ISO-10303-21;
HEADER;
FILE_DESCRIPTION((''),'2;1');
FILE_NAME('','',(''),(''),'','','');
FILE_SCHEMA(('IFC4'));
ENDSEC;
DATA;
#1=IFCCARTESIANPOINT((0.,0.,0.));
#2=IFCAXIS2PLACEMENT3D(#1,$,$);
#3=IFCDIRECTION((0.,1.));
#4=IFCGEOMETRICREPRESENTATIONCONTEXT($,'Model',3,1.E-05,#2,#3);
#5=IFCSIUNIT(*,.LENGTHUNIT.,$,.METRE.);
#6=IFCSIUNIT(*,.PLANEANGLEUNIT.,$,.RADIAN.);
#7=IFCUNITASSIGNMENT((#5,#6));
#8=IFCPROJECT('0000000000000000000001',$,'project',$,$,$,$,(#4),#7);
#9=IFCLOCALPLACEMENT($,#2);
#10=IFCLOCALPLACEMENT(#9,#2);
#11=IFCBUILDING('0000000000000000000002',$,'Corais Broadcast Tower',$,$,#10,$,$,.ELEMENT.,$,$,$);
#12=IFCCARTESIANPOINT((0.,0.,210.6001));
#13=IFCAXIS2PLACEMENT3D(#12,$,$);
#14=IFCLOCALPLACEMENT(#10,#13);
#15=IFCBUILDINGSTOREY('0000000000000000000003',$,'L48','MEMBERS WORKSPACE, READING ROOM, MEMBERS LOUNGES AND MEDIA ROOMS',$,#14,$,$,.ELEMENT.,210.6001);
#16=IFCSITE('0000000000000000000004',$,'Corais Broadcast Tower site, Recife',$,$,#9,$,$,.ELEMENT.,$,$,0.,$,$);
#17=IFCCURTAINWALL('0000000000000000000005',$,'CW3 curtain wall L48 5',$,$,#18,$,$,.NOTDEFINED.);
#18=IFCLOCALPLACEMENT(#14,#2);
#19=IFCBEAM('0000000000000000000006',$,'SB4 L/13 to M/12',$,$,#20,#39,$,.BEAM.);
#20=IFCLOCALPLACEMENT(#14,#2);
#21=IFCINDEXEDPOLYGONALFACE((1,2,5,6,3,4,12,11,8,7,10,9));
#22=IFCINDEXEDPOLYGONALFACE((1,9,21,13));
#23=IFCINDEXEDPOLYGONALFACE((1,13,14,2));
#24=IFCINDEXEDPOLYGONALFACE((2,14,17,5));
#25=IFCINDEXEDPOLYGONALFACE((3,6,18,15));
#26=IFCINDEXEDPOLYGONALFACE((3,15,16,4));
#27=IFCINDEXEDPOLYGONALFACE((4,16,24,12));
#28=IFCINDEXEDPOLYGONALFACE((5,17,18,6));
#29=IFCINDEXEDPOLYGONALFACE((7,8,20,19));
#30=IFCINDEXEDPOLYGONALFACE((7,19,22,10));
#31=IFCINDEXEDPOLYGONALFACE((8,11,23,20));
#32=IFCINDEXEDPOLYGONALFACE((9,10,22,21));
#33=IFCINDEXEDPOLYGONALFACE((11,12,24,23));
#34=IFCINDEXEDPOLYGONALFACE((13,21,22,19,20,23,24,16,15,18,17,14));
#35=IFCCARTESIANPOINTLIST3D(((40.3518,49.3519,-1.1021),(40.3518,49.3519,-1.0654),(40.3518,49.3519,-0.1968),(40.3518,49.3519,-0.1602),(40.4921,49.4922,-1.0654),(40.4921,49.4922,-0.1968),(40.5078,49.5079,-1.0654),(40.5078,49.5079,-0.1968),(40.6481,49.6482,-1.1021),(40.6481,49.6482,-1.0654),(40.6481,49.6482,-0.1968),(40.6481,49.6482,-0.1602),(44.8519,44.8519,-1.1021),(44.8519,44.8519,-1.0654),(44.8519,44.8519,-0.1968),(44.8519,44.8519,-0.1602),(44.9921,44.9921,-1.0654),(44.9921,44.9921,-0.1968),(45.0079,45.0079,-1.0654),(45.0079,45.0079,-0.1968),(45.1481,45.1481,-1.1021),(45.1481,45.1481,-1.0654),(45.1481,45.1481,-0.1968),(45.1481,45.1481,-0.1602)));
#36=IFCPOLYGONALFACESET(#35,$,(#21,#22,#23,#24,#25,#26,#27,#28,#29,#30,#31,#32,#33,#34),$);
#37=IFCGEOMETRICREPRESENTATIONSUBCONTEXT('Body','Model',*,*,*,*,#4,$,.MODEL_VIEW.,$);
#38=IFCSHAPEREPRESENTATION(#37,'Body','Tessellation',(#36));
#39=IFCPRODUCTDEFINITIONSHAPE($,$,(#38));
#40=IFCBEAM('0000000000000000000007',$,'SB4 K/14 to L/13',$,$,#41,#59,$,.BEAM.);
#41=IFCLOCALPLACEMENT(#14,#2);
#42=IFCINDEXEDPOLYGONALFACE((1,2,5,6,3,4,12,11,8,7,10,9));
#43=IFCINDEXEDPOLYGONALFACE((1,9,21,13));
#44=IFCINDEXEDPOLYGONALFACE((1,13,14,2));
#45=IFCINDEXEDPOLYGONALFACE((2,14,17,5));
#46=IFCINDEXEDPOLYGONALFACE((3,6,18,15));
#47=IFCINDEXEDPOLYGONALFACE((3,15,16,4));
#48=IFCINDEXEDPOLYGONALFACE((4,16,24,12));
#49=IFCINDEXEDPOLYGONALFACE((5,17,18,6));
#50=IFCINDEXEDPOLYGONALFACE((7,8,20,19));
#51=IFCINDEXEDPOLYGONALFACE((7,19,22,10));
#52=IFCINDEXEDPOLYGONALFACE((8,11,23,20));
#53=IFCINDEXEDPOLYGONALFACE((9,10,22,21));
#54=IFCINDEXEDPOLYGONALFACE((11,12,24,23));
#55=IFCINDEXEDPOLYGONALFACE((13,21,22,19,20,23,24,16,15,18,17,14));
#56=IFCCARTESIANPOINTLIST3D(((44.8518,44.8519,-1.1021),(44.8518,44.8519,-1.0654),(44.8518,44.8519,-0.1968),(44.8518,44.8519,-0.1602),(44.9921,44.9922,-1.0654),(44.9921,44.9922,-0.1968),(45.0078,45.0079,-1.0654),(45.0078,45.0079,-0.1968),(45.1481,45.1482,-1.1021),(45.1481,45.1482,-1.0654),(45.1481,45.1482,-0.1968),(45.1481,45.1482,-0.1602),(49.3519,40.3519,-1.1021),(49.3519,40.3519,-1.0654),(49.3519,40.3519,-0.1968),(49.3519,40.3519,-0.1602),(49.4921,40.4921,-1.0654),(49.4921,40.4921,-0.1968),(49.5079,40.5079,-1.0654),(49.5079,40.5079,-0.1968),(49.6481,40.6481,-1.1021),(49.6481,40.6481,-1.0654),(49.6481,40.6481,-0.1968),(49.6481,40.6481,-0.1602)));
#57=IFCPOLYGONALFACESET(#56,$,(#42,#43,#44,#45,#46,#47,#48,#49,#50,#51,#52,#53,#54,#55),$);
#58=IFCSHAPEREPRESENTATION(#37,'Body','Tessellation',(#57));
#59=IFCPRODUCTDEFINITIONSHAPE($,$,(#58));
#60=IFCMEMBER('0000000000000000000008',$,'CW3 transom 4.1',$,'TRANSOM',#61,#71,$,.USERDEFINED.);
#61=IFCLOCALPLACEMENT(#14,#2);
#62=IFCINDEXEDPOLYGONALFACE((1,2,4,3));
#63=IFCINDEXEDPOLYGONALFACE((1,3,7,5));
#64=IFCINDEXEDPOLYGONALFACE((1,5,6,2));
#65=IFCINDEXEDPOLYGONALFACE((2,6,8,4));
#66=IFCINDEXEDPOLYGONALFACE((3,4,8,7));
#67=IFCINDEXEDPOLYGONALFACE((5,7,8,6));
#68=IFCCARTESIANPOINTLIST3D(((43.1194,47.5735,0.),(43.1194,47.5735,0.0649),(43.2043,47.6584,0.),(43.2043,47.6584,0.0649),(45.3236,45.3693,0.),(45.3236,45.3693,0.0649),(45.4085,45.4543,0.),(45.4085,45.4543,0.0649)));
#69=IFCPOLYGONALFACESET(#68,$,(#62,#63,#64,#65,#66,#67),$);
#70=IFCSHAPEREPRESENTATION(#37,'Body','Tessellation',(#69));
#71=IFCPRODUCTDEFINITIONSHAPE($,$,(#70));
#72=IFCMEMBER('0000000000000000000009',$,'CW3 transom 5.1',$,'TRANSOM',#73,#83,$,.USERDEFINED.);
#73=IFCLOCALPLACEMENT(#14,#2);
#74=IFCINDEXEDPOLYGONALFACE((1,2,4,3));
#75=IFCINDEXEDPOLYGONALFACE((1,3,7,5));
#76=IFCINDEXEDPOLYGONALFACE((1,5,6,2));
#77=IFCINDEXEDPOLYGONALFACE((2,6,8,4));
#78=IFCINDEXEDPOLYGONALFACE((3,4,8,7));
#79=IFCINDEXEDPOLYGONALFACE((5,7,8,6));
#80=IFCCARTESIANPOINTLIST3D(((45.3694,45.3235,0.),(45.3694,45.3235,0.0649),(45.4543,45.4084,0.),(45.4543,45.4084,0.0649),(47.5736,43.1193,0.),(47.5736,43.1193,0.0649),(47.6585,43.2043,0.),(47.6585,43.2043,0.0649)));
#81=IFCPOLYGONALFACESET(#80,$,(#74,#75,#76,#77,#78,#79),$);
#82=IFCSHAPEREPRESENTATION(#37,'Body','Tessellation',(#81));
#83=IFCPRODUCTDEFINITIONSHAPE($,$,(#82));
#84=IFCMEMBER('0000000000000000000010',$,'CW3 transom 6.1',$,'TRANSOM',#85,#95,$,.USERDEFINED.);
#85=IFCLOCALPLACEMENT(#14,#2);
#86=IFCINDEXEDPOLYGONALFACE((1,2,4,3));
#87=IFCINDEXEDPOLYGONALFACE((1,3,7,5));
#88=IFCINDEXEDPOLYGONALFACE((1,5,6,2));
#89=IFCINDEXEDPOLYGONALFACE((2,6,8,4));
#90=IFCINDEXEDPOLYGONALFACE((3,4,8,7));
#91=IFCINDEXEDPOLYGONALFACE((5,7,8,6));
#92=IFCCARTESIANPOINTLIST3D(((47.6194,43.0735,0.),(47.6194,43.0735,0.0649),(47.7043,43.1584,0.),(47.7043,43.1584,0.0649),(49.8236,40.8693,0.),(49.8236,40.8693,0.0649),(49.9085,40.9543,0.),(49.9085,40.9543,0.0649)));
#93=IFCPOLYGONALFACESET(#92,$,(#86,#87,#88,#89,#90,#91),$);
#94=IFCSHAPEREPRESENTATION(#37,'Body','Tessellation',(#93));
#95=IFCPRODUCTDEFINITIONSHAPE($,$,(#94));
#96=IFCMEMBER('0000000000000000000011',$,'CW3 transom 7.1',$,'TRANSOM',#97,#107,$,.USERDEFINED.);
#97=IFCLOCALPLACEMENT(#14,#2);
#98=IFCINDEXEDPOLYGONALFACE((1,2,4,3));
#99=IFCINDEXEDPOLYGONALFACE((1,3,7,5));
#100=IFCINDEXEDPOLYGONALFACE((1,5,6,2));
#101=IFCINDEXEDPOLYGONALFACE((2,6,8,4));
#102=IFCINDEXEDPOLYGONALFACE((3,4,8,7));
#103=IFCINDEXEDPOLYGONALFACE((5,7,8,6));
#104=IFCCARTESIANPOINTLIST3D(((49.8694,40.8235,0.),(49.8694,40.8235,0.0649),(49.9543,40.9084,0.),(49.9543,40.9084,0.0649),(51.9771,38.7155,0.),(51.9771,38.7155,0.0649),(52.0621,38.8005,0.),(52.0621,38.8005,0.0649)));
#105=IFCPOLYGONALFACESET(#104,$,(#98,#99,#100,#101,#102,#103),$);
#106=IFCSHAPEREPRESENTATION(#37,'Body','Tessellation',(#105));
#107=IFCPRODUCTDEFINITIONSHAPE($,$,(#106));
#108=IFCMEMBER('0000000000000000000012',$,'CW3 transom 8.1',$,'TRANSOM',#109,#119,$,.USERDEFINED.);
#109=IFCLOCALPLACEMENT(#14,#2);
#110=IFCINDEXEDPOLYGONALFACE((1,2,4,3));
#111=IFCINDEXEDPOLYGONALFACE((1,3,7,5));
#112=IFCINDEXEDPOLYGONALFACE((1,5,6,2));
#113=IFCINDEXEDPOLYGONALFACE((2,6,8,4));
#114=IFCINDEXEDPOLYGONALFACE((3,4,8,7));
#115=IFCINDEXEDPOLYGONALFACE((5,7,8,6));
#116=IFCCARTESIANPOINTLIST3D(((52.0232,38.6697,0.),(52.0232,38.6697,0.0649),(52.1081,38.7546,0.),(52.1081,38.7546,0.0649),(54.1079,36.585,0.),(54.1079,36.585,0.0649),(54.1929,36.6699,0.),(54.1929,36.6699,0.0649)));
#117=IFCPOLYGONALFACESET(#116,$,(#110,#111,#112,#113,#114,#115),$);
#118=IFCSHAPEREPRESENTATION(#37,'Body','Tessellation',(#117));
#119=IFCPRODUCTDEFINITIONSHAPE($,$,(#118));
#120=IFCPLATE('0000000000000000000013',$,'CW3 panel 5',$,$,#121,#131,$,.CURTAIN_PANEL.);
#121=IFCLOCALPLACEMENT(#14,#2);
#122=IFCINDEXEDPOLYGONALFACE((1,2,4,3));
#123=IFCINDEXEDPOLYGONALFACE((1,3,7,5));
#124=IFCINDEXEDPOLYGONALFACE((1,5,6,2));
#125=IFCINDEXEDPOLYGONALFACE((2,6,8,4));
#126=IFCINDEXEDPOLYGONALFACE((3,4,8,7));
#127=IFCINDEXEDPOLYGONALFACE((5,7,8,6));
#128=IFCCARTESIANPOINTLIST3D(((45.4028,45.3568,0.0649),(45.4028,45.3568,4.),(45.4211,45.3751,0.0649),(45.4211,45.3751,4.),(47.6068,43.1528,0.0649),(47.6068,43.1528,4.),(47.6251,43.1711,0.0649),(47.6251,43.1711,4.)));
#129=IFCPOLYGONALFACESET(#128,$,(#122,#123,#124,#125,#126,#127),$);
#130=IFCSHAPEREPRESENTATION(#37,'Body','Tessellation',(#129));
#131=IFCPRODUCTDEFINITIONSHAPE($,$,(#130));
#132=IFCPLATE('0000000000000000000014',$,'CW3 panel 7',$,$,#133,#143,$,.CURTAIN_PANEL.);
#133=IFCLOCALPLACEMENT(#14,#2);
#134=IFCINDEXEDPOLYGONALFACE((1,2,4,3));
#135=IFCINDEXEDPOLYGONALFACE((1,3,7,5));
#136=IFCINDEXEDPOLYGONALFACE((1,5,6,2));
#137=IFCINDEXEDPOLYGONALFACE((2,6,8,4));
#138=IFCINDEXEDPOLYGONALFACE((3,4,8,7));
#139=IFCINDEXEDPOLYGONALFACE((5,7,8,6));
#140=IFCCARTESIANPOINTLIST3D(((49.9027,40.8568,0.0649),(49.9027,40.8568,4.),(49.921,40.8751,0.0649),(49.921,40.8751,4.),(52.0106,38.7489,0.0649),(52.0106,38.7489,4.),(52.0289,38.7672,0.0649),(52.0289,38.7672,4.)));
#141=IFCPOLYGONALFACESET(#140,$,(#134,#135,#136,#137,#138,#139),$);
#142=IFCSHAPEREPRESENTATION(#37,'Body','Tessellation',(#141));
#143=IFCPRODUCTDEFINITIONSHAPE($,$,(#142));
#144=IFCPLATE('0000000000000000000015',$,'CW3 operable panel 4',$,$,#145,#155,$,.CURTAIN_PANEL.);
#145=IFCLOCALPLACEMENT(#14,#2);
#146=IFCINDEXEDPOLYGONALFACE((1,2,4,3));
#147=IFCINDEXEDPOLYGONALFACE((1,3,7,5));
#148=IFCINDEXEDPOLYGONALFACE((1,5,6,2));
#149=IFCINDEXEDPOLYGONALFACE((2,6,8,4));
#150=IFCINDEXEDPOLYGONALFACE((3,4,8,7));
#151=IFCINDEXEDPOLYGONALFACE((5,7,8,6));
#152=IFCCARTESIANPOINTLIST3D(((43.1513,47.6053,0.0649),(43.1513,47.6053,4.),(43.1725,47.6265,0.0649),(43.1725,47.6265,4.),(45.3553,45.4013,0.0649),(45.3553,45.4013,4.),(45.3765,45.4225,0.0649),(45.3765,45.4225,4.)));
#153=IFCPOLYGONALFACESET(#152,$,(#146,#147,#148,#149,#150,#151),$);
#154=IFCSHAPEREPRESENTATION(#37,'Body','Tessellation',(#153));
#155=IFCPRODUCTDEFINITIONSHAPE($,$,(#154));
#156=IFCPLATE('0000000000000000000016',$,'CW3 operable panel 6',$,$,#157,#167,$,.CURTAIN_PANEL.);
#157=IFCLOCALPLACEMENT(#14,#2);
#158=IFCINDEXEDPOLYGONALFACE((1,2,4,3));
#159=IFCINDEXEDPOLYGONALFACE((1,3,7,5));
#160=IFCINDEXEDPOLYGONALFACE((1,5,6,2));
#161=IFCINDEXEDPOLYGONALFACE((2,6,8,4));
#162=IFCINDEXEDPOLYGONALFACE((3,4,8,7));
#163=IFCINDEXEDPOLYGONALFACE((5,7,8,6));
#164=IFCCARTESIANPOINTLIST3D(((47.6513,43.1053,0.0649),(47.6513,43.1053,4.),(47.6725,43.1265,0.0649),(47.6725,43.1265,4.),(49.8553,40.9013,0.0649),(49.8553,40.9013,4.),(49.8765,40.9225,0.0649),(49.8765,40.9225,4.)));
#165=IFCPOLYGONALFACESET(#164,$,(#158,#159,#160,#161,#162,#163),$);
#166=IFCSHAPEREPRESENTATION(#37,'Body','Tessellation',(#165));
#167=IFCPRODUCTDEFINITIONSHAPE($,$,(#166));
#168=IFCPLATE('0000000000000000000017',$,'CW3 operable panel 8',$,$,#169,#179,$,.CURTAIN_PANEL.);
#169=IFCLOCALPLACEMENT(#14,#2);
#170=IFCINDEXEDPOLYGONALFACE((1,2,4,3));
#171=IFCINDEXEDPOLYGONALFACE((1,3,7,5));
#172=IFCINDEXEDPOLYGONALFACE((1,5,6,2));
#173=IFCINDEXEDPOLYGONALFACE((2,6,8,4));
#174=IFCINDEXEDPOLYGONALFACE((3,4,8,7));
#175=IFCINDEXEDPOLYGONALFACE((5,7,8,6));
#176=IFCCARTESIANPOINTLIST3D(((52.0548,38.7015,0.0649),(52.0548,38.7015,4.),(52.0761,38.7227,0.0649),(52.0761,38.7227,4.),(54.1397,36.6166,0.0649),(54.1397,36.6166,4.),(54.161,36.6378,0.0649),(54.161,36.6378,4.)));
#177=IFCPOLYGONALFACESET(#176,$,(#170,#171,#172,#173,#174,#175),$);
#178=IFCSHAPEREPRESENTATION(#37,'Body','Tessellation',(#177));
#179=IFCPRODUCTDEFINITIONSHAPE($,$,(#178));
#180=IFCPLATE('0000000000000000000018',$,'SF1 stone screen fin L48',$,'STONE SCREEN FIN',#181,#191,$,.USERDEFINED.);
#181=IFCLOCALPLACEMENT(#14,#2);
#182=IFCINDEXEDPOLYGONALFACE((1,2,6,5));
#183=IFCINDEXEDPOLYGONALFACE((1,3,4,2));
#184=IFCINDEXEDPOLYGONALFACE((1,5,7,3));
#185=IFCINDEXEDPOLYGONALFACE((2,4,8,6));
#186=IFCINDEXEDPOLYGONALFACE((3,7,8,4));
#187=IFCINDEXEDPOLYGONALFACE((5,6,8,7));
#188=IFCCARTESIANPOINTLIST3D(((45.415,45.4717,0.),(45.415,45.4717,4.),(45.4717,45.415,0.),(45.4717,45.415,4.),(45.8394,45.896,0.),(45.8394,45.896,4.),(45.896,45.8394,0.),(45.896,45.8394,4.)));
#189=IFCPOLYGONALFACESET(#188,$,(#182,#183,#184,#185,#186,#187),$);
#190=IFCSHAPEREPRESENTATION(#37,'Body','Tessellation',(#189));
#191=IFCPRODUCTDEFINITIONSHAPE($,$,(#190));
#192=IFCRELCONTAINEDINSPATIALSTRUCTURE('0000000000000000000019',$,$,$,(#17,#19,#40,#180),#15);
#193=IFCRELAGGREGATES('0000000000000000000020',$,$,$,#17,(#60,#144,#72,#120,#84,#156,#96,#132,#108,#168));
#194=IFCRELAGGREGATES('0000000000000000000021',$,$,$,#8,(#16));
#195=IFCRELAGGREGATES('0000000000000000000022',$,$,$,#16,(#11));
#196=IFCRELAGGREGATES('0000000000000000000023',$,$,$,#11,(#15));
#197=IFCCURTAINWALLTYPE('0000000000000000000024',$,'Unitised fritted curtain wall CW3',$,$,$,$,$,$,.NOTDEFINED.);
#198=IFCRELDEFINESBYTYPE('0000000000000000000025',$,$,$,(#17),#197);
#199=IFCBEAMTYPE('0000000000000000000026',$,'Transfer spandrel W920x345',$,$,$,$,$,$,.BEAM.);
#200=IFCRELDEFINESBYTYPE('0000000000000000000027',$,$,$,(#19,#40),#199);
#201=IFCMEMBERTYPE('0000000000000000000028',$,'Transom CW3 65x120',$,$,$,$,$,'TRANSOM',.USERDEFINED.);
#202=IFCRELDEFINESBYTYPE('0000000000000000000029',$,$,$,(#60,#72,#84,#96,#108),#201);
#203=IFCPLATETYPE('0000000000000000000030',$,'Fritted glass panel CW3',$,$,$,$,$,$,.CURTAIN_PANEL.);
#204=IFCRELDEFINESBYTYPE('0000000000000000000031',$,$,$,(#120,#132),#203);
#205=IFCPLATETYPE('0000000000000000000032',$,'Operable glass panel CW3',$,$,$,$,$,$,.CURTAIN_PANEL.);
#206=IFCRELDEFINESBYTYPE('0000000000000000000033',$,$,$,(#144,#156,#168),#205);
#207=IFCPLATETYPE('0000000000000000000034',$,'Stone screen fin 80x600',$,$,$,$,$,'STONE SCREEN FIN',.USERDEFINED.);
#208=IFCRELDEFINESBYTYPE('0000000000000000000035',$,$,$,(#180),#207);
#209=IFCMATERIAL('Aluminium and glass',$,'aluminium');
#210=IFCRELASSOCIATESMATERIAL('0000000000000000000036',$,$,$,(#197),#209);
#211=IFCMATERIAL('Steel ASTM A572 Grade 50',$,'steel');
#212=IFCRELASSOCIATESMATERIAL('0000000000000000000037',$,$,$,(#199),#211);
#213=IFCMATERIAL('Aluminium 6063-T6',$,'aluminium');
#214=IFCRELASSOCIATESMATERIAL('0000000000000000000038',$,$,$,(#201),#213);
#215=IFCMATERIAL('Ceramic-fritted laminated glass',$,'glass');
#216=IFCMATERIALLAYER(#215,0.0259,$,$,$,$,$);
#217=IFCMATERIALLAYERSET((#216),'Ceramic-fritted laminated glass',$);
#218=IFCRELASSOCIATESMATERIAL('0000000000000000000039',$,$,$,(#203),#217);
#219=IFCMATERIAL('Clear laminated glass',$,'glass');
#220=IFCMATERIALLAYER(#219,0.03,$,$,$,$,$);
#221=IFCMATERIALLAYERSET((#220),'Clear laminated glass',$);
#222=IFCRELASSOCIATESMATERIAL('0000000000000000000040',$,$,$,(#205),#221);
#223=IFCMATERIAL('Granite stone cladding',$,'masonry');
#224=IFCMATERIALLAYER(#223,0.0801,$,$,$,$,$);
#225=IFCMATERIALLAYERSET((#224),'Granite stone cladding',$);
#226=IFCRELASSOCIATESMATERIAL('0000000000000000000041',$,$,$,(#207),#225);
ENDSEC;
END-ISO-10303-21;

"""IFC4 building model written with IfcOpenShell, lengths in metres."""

from ifc_helpers import new_model, si_unit, direction, frame, origin, origin_2d, place, context, subcontext, project, spatial, rectangle, i_section, extrude, material, layer, layer_set, material_profile, profile_set, type_object, element, aggregate, save


model = new_model("IFC4")

# Units and contexts
model_context = context("Model", 3, precision=1e-05, world=origin(), true_north=direction((0.0, 1.0)))
body_context = subcontext(model_context, "Body", "Model", "MODEL_VIEW")
ifc_project = project(units=[si_unit("LENGTHUNIT", "METRE"), si_unit("PLANEANGLEUNIT", "RADIAN")], contexts=[model_context])

# Site, building, storey
site_placement = place(None, origin())
site = spatial("IfcSite", under=ifc_project, at=site_placement, Name="Corais Broadcast Tower site, Recife", CompositionType="ELEMENT", RefElevation=0.0)
building_placement = place(site_placement, origin())
building = spatial("IfcBuilding", under=site, at=building_placement, Name="Corais Broadcast Tower", CompositionType="ELEMENT")
storey_placement = place(building_placement, frame((0.0, 0.0, 210.6001)))
storey = spatial("IfcBuildingStorey", under=building, at=storey_placement, Name="L48", Description="MEMBERS WORKSPACE, READING ROOM, MEMBERS LOUNGES AND MEDIA ROOMS", CompositionType="ELEMENT", Elevation=210.6001)

# Curtain wall
ifc_material_1 = material(Name="Aluminium and glass", Category="aluminium")
curtain_wall_type = type_object("IfcCurtainWallType", Name="Unitised fritted curtain wall CW3", PredefinedType="NOTDEFINED", material=ifc_material_1)
curtain_wall_1_placement = place(storey_placement, origin())
curtain_wall_1 = element("IfcCurtainWall", 1, at=curtain_wall_1_placement, inside=storey, type_object=curtain_wall_type, Name="CW3 curtain wall L48 5", PredefinedType="NOTDEFINED")

# Beams
ifc_material_2 = material(Name="Steel ASTM A572 Grade 50", Category="steel")
ifc_material_profile_1 = material_profile(ifc_material_2, i_section(OverallWidth=0.4189, OverallDepth=0.9419, WebThickness=0.0222, FlangeThickness=0.0366, at=origin_2d()), Name="W920x345")
ifc_profile_set_1 = profile_set([ifc_material_profile_1], Name="Steel ASTM A572 Grade 50")
beam_type_1 = type_object("IfcBeamType", Name="Transfer spandrel W920x345", PredefinedType="BEAM", material=ifc_profile_set_1)
for number, where, z_axis, x_axis, name in (
    (2, (45.0, 45.0, -0.6311), (-0.707107, 0.707107, 0.0), (-0.707107, -0.707107, 0.0), "SB4 L/13 to M/12"),
    (3, (49.5, 40.5, -0.6311), (-0.707107, 0.707107, 0.0), (-0.707107, -0.707107, 0.0), "SB4 K/14 to L/13"),
):
    element("IfcBeam", number, at=place(storey_placement, frame(where, z_axis=z_axis, x_axis=x_axis)), inside=storey, type_object=beam_type_1, Name=name, PredefinedType="BEAM", context=body_context, shape_type="SweptSolid", body=[
        extrude(i_section(OverallWidth=0.4189, OverallDepth=0.9419, WebThickness=0.0222, FlangeThickness=0.0366, at=origin_2d()), origin(), (0.0, 0.0, 1.0), 6.364),
    ])

# Members
ifc_material_3 = material(Name="Aluminium 6063-T6", Category="aluminium")
ifc_material_profile_2 = material_profile(ifc_material_3, rectangle(XDim=0.1201, YDim=0.0649, at=origin_2d()), Name="Transom CW3 65x120")
ifc_profile_set_2 = profile_set([ifc_material_profile_2], Name="Aluminium 6063-T6")
member_type_1 = type_object("IfcMemberType", Name="Transom CW3 65x120", ElementType="TRANSOM", PredefinedType="USERDEFINED", material=ifc_profile_set_2)
member_1_placement = place(storey_placement, frame((43.1619, 47.616, 0.0325), z_axis=(0.707107, -0.707107, 0.0), x_axis=(0.707107, 0.707107, 0.0)))
member_1 = element("IfcMember", 4, at=member_1_placement, type_object=member_type_1, Name="CW3 transom 4.1", ObjectType="TRANSOM", PredefinedType="USERDEFINED", context=body_context, shape_type="SweptSolid", body=[
    extrude(rectangle(XDim=0.1201, YDim=0.0649, at=origin_2d()), origin(), (0.0, 0.0, 1.0), 3.1172),
])
member_2_placement = place(storey_placement, frame((45.4119, 45.366, 0.0325), z_axis=(0.707107, -0.707107, 0.0), x_axis=(0.707107, 0.707107, 0.0)))
member_2 = element("IfcMember", 5, at=member_2_placement, type_object=member_type_1, Name="CW3 transom 5.1", ObjectType="TRANSOM", PredefinedType="USERDEFINED", context=body_context, shape_type="SweptSolid", body=[
    extrude(rectangle(XDim=0.1201, YDim=0.0649, at=origin_2d()), origin(), (0.0, 0.0, 1.0), 3.1172),
])
member_3_placement = place(storey_placement, frame((47.6619, 43.116, 0.0325), z_axis=(0.707107, -0.707107, 0.0), x_axis=(0.707107, 0.707107, 0.0)))
member_3 = element("IfcMember", 6, at=member_3_placement, type_object=member_type_1, Name="CW3 transom 6.1", ObjectType="TRANSOM", PredefinedType="USERDEFINED", context=body_context, shape_type="SweptSolid", body=[
    extrude(rectangle(XDim=0.1201, YDim=0.0649, at=origin_2d()), origin(), (0.0, 0.0, 1.0), 3.1172),
])
member_4_placement = place(storey_placement, frame((49.9119, 40.866, 0.0325), z_axis=(0.707066, -0.707148, 0.0), x_axis=(0.707148, 0.707066, 0.0)))
member_4 = element("IfcMember", 7, at=member_4_placement, type_object=member_type_1, Name="CW3 transom 7.1", ObjectType="TRANSOM", PredefinedType="USERDEFINED", context=body_context, shape_type="SweptSolid", body=[
    extrude(rectangle(XDim=0.1201, YDim=0.0649, at=origin_2d()), origin(), (0.0, 0.0, 1.0), 2.981),
])
member_5_placement = place(storey_placement, frame((52.0657, 38.7122, 0.0325), z_axis=(0.707107, -0.707107, 0.0), x_axis=(0.707107, 0.707107, 0.0)))
member_5 = element("IfcMember", 8, at=member_5_placement, type_object=member_type_1, Name="CW3 transom 8.1", ObjectType="TRANSOM", PredefinedType="USERDEFINED", context=body_context, shape_type="SweptSolid", body=[
    extrude(rectangle(XDim=0.1201, YDim=0.0649, at=origin_2d()), origin(), (0.0, 0.0, 1.0), 2.9482),
])

# Plates
ifc_material_4 = material(Name="Ceramic-fritted laminated glass", Category="glass")
ifc_layer_1 = layer(ifc_material_4, 0.0259)
ifc_layer_set_1 = layer_set([ifc_layer_1], Name="Ceramic-fritted laminated glass")
plate_type_1 = type_object("IfcPlateType", Name="Fritted glass panel CW3", PredefinedType="CURTAIN_PANEL", material=ifc_layer_set_1)
plate_1_placement = place(storey_placement, frame((46.5139, 44.2639, 0.0649), z_axis=(0.0, 0.0, 1.0), x_axis=(0.707107, -0.707107, 0.0)))
plate_1 = element("IfcPlate", 9, at=plate_1_placement, type_object=plate_type_1, Name="CW3 panel 5", PredefinedType="CURTAIN_PANEL", context=body_context, shape_type="SweptSolid", body=[
    extrude(rectangle(XDim=3.1169, YDim=0.0259, at=origin_2d()), origin(), (0.0, 0.0, 1.0), 3.9351),
])
plate_2_placement = place(storey_placement, frame((50.9658, 39.812, 0.0649), z_axis=(0.0, 0.0, 1.0), x_axis=(0.707107, -0.707107, 0.0)))
plate_2 = element("IfcPlate", 10, at=plate_2_placement, type_object=plate_type_1, Name="CW3 panel 7", PredefinedType="CURTAIN_PANEL", context=body_context, shape_type="SweptSolid", body=[
    extrude(rectangle(XDim=2.981, YDim=0.0259, at=origin_2d()), origin(), (0.0, 0.0, 1.0), 3.9351),
])
ifc_material_5 = material(Name="Clear laminated glass", Category="glass")
ifc_layer_2 = layer(ifc_material_5, 0.03)
ifc_layer_set_2 = layer_set([ifc_layer_2], Name="Clear laminated glass")
plate_type_2 = type_object("IfcPlateType", Name="Operable glass panel CW3", PredefinedType="CURTAIN_PANEL", material=ifc_layer_set_2)
plate_3_placement = place(storey_placement, frame((44.2639, 46.5139, 0.0649), z_axis=(0.0, 0.0, 1.0), x_axis=(0.707107, -0.707107, 0.0)))
plate_3 = element("IfcPlate", 11, at=plate_3_placement, type_object=plate_type_2, Name="CW3 operable panel 4", PredefinedType="CURTAIN_PANEL", context=body_context, shape_type="SweptSolid", body=[
    extrude(rectangle(XDim=3.1169, YDim=0.03, at=origin_2d()), origin(), (0.0, 0.0, 1.0), 3.9351),
])
plate_4_placement = place(storey_placement, frame((48.7639, 42.0139, 0.0649), z_axis=(0.0, 0.0, 1.0), x_axis=(0.707107, -0.707107, 0.0)))
plate_4 = element("IfcPlate", 12, at=plate_4_placement, type_object=plate_type_2, Name="CW3 operable panel 6", PredefinedType="CURTAIN_PANEL", context=body_context, shape_type="SweptSolid", body=[
    extrude(rectangle(XDim=3.1169, YDim=0.03, at=origin_2d()), origin(), (0.0, 0.0, 1.0), 3.9351),
])
plate_5_placement = place(storey_placement, frame((53.1079, 37.6697, 0.0649), z_axis=(0.0, 0.0, 1.0), x_axis=(0.707107, -0.707107, 0.0)))
plate_5 = element("IfcPlate", 13, at=plate_5_placement, type_object=plate_type_2, Name="CW3 operable panel 8", PredefinedType="CURTAIN_PANEL", context=body_context, shape_type="SweptSolid", body=[
    extrude(rectangle(XDim=2.9485, YDim=0.03, at=origin_2d()), origin(), (0.0, 0.0, 1.0), 3.9351),
])
aggregate(curtain_wall_1, [member_1, plate_3, member_2, plate_1, member_3, plate_4, member_4, plate_2, member_5, plate_5])

# Plate
ifc_material_6 = material(Name="Granite stone cladding", Category="masonry")
ifc_layer_3 = layer(ifc_material_6, 0.0801)
ifc_layer_set_3 = layer_set([ifc_layer_3], Name="Granite stone cladding")
plate_type_3 = type_object("IfcPlateType", Name="Stone screen fin 80x600", ElementType="STONE SCREEN FIN", PredefinedType="USERDEFINED", material=ifc_layer_set_3)
for number, where, z_axis, x_axis, name in (
    (14, (45.6555, 45.6555, 0.0), (0.0, 0.0, 1.0), (0.707107, -0.707107, 0.0), "SF1 stone screen fin L48"),
):
    element("IfcPlate", number, at=place(storey_placement, frame(where, z_axis=z_axis, x_axis=x_axis)), inside=storey, type_object=plate_type_3, Name=name, ObjectType="STONE SCREEN FIN", PredefinedType="USERDEFINED", context=body_context, shape_type="SweptSolid", body=[
        extrude(rectangle(XDim=0.0801, YDim=0.6001, at=origin_2d()), origin(), (0.0, 0.0, 1.0), 4.0),
    ])

save(model, "model.ifc")
